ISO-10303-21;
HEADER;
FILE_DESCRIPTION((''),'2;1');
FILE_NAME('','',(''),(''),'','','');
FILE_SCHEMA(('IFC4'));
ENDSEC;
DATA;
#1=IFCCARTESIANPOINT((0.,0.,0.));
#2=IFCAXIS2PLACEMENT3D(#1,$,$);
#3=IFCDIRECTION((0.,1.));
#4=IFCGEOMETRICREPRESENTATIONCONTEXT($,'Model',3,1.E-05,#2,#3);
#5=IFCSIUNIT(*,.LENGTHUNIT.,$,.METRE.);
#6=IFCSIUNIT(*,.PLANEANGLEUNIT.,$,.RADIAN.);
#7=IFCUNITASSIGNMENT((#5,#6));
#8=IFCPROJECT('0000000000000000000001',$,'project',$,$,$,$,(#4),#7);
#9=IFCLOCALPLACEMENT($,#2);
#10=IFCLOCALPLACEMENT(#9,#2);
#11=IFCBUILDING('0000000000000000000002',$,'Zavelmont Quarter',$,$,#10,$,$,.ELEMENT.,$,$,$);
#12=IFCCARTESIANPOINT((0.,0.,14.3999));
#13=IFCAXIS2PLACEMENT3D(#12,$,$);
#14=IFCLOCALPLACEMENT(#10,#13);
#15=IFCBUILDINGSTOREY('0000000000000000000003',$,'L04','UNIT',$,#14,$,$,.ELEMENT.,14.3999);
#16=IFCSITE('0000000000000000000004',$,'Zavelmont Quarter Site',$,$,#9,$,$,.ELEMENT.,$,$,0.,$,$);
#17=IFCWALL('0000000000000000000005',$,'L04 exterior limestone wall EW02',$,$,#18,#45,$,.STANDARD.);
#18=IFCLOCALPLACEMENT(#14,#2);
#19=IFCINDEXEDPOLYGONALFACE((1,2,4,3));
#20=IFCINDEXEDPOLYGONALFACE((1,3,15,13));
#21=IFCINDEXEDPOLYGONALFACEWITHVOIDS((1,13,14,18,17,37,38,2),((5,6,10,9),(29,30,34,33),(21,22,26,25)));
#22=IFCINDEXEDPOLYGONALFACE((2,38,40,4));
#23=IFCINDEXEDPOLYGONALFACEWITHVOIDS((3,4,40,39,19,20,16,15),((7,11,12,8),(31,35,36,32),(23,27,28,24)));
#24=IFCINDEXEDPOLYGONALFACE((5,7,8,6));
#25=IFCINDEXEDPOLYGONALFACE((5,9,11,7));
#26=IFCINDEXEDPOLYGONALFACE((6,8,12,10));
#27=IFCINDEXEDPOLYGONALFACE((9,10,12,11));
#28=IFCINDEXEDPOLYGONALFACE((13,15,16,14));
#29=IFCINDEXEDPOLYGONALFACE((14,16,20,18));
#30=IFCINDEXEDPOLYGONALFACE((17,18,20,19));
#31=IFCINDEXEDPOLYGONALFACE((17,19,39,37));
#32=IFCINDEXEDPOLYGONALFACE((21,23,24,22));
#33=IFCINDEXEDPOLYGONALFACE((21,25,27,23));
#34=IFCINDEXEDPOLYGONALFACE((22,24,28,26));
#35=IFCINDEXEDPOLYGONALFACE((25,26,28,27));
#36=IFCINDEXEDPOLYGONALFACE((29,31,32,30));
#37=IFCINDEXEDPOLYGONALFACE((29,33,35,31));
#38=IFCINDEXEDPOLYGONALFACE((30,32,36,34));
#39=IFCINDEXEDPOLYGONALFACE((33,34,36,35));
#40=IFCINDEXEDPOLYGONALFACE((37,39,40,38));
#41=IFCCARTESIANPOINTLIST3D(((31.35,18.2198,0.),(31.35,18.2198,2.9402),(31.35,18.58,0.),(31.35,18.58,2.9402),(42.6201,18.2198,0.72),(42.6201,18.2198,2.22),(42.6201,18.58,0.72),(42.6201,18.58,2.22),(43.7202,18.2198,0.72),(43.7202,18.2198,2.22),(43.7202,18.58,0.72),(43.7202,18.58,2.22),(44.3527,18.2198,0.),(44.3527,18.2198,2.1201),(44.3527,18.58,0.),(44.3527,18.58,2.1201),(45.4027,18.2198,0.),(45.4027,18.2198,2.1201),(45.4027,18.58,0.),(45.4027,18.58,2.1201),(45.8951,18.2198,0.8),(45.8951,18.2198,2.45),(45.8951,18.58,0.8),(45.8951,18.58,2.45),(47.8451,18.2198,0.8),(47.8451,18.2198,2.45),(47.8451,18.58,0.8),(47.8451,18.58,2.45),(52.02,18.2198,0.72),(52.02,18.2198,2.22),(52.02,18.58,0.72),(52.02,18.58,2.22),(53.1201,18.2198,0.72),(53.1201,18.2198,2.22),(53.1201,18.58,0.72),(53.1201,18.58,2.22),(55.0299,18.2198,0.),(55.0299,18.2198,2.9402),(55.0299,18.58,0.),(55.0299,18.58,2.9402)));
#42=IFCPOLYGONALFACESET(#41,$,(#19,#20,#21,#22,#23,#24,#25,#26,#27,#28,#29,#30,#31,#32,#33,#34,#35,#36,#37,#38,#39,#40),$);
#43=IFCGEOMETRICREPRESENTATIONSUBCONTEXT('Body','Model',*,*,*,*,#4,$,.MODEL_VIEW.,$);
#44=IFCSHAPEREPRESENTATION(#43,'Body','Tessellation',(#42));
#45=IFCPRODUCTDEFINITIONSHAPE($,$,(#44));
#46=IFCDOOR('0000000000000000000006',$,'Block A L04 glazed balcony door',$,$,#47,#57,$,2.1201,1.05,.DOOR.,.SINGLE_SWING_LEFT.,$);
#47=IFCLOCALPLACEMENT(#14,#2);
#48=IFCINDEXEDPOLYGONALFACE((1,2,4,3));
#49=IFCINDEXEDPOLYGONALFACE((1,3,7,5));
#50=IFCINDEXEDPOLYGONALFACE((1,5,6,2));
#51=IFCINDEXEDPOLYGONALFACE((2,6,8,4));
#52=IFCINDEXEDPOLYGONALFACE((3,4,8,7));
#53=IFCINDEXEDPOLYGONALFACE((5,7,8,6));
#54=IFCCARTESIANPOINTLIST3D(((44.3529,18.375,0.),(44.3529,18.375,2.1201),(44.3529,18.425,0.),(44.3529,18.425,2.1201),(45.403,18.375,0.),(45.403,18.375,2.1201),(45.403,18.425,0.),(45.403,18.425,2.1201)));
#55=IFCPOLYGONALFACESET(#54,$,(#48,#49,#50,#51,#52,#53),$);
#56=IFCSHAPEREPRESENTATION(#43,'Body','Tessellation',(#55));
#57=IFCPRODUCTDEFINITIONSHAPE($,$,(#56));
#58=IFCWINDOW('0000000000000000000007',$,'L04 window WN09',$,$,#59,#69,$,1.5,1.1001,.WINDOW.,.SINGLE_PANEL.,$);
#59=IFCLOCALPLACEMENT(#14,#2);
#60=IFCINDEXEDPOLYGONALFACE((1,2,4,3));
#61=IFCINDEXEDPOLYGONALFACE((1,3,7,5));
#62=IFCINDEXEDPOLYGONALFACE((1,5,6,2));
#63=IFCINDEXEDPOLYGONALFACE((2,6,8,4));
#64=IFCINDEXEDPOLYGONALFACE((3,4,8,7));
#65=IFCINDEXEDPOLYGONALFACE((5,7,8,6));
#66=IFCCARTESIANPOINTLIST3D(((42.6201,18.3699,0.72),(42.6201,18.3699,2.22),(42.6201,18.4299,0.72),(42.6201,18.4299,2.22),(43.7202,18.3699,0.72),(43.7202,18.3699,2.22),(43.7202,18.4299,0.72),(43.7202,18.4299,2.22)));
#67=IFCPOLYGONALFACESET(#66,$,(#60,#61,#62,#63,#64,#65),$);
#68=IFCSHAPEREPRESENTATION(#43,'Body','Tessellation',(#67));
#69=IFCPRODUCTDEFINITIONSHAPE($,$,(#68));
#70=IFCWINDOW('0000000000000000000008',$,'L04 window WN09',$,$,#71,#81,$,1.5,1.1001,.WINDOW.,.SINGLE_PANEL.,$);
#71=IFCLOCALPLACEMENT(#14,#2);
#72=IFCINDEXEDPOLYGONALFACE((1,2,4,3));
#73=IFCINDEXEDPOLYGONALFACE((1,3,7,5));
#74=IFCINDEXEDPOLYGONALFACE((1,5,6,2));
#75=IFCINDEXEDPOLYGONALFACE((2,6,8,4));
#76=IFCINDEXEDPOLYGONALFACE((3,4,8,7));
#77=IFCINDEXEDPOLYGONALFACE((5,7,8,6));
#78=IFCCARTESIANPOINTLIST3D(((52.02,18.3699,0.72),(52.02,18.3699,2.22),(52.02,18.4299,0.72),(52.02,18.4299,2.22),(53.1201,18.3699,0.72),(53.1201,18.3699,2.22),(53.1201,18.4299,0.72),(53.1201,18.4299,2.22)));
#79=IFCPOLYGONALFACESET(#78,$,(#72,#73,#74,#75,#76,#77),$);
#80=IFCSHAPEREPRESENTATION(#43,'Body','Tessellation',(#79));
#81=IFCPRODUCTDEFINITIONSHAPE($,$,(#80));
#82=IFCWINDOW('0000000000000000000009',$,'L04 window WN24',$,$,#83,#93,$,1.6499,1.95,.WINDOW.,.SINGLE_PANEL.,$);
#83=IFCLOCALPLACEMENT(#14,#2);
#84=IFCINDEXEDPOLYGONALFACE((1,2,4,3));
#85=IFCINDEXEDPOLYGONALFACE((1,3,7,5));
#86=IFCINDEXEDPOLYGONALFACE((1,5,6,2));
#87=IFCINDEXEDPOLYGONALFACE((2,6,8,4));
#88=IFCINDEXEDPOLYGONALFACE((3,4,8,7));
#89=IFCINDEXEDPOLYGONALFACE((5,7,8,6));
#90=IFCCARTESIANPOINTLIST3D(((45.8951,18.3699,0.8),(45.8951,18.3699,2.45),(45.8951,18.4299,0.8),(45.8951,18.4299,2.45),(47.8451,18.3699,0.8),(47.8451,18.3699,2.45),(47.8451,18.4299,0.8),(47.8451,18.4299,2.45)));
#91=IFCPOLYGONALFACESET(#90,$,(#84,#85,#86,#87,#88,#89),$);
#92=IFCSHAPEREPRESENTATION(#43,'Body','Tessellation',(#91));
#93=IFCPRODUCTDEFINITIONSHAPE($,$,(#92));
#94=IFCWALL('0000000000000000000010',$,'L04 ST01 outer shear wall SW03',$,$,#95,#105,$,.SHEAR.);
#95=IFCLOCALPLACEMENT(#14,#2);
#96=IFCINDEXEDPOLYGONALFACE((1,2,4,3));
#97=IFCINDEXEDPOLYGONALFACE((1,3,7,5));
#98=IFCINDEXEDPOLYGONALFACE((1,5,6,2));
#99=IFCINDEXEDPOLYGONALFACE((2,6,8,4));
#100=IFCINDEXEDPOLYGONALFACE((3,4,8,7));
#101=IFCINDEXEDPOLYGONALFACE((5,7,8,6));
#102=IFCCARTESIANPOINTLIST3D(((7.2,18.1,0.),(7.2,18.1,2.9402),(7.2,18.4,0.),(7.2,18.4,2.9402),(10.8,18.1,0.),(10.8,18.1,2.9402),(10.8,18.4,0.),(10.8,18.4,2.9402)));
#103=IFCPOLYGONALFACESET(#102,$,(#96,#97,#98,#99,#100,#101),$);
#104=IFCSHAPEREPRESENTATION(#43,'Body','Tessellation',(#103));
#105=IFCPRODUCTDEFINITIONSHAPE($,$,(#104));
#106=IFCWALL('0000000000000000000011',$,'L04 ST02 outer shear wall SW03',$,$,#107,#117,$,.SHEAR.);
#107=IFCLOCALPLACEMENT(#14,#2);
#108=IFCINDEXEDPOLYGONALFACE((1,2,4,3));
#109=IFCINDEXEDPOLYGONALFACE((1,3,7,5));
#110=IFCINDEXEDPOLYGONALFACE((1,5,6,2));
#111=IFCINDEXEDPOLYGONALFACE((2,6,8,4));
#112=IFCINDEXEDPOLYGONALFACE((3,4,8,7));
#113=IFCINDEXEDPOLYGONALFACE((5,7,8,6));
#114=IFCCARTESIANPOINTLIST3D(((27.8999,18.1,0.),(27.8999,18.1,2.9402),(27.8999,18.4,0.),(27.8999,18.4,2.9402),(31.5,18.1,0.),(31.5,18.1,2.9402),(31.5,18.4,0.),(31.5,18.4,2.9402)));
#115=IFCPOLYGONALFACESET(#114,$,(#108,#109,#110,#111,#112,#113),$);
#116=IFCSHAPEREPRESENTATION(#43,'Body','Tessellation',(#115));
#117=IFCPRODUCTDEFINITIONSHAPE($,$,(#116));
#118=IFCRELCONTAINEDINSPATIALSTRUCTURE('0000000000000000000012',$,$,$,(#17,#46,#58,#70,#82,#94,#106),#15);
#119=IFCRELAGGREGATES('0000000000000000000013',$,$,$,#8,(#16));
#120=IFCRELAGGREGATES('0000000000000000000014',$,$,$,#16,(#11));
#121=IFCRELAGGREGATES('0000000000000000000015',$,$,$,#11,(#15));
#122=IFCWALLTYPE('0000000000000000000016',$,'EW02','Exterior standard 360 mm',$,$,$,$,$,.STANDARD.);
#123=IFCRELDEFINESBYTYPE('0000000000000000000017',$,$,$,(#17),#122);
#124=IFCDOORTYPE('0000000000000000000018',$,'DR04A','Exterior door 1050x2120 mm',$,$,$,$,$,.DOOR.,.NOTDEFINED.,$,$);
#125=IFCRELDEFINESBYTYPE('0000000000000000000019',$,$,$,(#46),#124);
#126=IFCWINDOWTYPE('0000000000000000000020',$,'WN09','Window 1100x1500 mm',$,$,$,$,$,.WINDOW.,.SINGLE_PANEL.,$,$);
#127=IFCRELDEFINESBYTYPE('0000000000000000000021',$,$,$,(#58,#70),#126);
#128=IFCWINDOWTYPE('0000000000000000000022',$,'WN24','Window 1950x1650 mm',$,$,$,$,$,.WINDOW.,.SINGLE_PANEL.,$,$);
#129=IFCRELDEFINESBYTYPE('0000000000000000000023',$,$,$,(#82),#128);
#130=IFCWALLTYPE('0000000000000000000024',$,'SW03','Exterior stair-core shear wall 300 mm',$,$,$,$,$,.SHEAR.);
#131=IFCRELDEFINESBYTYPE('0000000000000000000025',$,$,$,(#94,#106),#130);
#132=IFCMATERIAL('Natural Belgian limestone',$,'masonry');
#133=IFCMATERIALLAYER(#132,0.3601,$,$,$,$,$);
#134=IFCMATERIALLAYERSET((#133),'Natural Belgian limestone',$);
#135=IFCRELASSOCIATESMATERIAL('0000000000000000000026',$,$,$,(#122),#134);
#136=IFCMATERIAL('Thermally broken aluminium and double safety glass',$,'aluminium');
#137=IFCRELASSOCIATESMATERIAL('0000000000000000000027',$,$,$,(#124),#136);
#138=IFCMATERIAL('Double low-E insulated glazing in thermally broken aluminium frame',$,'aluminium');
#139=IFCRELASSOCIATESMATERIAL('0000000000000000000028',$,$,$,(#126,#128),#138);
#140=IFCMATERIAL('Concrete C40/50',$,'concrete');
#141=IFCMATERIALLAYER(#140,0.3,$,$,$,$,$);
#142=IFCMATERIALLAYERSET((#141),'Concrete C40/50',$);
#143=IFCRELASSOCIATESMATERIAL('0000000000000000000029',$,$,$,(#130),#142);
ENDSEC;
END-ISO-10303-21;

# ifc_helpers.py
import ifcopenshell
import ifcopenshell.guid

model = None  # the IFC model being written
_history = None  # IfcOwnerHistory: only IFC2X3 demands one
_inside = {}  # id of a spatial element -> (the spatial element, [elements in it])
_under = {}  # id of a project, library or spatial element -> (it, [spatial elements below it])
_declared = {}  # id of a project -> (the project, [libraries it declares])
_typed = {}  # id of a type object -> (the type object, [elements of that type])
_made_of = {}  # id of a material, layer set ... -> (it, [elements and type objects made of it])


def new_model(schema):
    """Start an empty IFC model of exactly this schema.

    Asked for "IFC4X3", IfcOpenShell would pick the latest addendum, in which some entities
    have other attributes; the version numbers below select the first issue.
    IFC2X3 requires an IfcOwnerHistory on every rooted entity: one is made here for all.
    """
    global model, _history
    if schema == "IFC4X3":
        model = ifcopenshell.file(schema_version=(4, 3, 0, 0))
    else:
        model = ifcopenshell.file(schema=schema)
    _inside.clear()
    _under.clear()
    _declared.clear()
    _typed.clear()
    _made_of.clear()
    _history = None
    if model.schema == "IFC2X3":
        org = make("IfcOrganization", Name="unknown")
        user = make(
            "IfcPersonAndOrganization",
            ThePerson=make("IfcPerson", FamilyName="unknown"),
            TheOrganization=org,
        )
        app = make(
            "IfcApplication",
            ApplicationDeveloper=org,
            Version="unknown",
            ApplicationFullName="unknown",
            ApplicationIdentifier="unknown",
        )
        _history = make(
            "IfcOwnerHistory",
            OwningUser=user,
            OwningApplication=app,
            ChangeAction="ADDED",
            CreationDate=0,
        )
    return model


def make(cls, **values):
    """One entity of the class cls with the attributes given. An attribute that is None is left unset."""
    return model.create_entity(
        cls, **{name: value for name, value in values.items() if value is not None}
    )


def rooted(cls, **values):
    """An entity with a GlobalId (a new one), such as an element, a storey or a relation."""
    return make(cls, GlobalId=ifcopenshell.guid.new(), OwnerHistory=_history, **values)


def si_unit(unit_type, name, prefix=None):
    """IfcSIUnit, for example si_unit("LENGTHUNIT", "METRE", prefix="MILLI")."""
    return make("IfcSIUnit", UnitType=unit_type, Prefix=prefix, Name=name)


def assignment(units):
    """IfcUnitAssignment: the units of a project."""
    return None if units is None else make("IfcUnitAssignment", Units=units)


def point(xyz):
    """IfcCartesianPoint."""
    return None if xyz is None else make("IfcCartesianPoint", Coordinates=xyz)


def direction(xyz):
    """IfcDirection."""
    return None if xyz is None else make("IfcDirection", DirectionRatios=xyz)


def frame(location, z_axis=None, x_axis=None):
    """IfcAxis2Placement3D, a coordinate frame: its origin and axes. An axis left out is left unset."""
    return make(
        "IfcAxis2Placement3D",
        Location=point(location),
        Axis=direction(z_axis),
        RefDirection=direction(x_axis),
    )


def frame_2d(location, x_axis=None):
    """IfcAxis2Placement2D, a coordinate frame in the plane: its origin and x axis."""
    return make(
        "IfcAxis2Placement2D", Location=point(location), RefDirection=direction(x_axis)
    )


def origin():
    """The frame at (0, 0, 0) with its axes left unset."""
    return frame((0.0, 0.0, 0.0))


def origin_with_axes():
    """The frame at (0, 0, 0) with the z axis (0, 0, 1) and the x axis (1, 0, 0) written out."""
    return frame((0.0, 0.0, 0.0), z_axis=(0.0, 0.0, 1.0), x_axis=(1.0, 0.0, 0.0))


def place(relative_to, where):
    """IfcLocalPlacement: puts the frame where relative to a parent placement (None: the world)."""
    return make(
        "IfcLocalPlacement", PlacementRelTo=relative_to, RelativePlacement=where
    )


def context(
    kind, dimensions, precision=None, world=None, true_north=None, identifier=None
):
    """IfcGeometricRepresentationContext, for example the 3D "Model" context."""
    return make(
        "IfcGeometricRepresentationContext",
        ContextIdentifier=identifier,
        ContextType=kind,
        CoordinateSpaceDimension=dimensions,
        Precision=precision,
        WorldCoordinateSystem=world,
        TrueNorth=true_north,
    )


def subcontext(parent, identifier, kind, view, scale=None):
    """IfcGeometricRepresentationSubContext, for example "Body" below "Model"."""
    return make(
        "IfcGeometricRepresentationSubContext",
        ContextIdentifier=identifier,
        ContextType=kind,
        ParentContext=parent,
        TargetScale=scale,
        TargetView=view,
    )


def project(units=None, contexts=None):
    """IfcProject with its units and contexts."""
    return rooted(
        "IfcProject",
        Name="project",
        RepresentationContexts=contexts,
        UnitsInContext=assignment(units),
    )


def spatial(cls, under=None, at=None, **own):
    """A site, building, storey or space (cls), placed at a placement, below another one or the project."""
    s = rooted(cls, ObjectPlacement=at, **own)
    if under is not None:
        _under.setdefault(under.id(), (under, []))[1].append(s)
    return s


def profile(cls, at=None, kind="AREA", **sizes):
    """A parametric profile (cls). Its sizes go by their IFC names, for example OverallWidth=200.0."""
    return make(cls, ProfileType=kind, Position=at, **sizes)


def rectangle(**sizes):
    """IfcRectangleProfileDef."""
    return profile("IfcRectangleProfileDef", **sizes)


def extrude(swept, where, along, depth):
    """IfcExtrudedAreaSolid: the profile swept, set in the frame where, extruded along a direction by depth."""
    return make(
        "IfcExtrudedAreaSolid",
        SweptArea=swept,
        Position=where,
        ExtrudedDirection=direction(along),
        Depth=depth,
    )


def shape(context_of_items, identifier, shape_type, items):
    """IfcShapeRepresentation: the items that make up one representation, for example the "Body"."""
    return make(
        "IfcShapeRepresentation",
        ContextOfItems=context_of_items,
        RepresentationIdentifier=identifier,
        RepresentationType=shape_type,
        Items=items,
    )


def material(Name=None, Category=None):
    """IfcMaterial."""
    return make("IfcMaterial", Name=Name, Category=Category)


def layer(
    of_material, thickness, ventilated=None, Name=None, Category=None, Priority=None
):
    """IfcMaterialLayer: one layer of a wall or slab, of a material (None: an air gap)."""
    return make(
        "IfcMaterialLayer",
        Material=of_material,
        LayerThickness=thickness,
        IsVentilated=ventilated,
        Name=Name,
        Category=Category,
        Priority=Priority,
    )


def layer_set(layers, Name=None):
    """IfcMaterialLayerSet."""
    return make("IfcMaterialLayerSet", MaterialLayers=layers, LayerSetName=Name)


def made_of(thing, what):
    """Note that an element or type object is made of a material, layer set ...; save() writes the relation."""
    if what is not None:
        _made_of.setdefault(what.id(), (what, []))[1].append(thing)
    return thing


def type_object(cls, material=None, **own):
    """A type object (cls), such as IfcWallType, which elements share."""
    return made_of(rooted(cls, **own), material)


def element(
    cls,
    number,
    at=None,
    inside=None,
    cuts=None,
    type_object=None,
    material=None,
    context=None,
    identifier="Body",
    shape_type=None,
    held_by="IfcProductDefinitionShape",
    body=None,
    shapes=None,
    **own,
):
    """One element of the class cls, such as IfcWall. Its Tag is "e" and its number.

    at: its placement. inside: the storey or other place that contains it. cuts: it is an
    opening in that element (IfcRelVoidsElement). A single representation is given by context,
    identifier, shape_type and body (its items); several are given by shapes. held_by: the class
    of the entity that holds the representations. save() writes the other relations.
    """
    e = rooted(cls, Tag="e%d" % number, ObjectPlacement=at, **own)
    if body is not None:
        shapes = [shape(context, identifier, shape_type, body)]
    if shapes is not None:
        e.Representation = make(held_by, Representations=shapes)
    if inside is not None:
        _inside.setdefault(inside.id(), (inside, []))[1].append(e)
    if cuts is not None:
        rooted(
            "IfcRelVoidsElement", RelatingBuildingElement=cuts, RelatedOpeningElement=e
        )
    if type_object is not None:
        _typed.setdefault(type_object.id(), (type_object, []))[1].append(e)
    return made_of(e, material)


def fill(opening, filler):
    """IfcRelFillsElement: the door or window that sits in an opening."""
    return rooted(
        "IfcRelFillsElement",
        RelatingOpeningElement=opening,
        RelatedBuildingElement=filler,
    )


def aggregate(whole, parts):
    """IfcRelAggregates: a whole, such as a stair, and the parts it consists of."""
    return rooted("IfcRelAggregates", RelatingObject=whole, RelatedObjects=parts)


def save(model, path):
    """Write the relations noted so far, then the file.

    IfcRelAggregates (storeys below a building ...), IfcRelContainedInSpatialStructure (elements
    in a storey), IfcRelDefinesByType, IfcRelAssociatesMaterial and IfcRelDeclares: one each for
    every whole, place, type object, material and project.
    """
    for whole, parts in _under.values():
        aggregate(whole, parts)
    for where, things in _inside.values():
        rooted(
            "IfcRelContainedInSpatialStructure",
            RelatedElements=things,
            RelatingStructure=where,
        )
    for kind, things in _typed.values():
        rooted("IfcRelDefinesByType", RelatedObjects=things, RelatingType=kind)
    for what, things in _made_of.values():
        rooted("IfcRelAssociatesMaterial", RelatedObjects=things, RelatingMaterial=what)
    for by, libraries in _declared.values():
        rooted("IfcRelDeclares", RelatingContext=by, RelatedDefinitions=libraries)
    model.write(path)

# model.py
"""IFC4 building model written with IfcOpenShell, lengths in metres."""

from ifc_helpers import new_model, si_unit, direction, frame, frame_2d, origin, origin_with_axes, place, context, subcontext, project, spatial, rectangle, extrude, material, layer, layer_set, type_object, element, fill, save


model = new_model("IFC4")

# Units and contexts
model_context = context("Model", 3, precision=1e-05, world=origin(), true_north=direction((0.0, 1.0)))
body_context = subcontext(model_context, "Body", "Model", "MODEL_VIEW")
ifc_project = project(units=[si_unit("LENGTHUNIT", "METRE"), si_unit("PLANEANGLEUNIT", "RADIAN")], contexts=[model_context])

# Site, building, storey
site_placement = place(None, origin())
site = spatial("IfcSite", under=ifc_project, at=site_placement, Name="Zavelmont Quarter Site", CompositionType="ELEMENT", RefElevation=0.0)
building_placement = place(site_placement, origin())
building = spatial("IfcBuilding", under=site, at=building_placement, Name="Zavelmont Quarter", CompositionType="ELEMENT")
storey_placement = place(building_placement, frame((0.0, 0.0, 14.3999)))
storey = spatial("IfcBuildingStorey", under=building, at=storey_placement, Name="L04", Description="UNIT", CompositionType="ELEMENT", Elevation=14.3999)

# Shared definitions
ifc_material_1 = material(Name="Concrete C40/50", Category="concrete")

# Shared definitions
ifc_material_2 = material(Name="Natural Belgian limestone", Category="masonry")
ifc_layer_1 = layer(ifc_material_2, 0.3601)
ifc_layer_set_1 = layer_set([ifc_layer_1], Name="Natural Belgian limestone")
wall_type_1 = type_object("IfcWallType", Name="EW02", Description="Exterior standard 360 mm", PredefinedType="STANDARD", material=ifc_layer_set_1)
ifc_material_3 = material(Name="Double low-E insulated glazing in thermally broken aluminium frame", Category="aluminium")

# Shared definitions
ifc_material_4 = material(Name="Thermally broken aluminium and double safety glass", Category="aluminium")
door_type = type_object("IfcDoorType", Name="DR04A", Description="Exterior door 1050x2120 mm", OperationType="NOTDEFINED", PredefinedType="DOOR", material=ifc_material_4)
window_type_1 = type_object("IfcWindowType", Name="WN09", Description="Window 1100x1500 mm", PartitioningType="SINGLE_PANEL", PredefinedType="WINDOW", material=ifc_material_3)

# Wall, openings, door, windows
wall_1_placement = place(storey_placement, frame((31.3501, 18.3999, 0.0), z_axis=(0.0, 0.0, 1.0), x_axis=(1.0, 0.0, 0.0)))
wall_1 = element("IfcWall", 1, at=wall_1_placement, inside=storey, type_object=wall_type_1, Name="L04 exterior limestone wall EW02", PredefinedType="STANDARD", context=body_context, shape_type="SweptSolid", body=[
    extrude(rectangle(XDim=23.6799, YDim=0.3601, at=frame_2d((11.8398, 0.0))), origin(), (0.0, 0.0, 1.0), 2.9402),
])
opening_1_placement = place(wall_1_placement, frame((13.0027, 0.0, 0.0)))
opening_1 = element("IfcOpeningElement", 2, at=opening_1_placement, cuts=wall_1, PredefinedType="OPENING", context=body_context, shape_type="SweptSolid", body=[
    extrude(rectangle(XDim=1.05, YDim=2.1201, at=frame_2d((0.5249, 1.0601))), frame((0.0, 0.1919, 0.0), z_axis=(0.0, -1.0, 0.0), x_axis=(1.0, 0.0, 0.0)), (0.0, 0.0, 1.0), 0.384),
])
opening_2_placement = place(wall_1_placement, frame((11.27, 0.0, 0.72)))
opening_2 = element("IfcOpeningElement", 3, at=opening_2_placement, cuts=wall_1, PredefinedType="OPENING", context=body_context, shape_type="SweptSolid", body=[
    extrude(rectangle(XDim=1.1001, YDim=1.5, at=frame_2d((0.55, 0.75))), frame((0.0, 0.1919, 0.0), z_axis=(0.0, -1.0, 0.0), x_axis=(1.0, 0.0, 0.0)), (0.0, 0.0, 1.0), 0.384),
])
opening_3_placement = place(wall_1_placement, frame((14.5449, 0.0, 0.8)))
opening_3 = element("IfcOpeningElement", 4, at=opening_3_placement, cuts=wall_1, PredefinedType="OPENING", context=body_context, shape_type="SweptSolid", body=[
    extrude(rectangle(XDim=1.95, YDim=1.6499, at=frame_2d((0.9751, 0.825))), frame((0.0, 0.1919, 0.0), z_axis=(0.0, -1.0, 0.0), x_axis=(1.0, 0.0, 0.0)), (0.0, 0.0, 1.0), 0.384),
])
opening_4_placement = place(wall_1_placement, frame((20.6699, 0.0, 0.72)))
opening_4 = element("IfcOpeningElement", 5, at=opening_4_placement, cuts=wall_1, PredefinedType="OPENING", context=body_context, shape_type="SweptSolid", body=[
    extrude(rectangle(XDim=1.1001, YDim=1.5, at=frame_2d((0.55, 0.75))), frame((0.0, 0.1919, 0.0), z_axis=(0.0, -1.0, 0.0), x_axis=(1.0, 0.0, 0.0)), (0.0, 0.0, 1.0), 0.384),
])
door_1_placement = place(opening_1_placement, frame((1.05, 0.0, 0.0), z_axis=(0.0, 0.0, 1.0), x_axis=(-1.0, 0.0, 0.0)))
door_1 = element("IfcDoor", 6, at=door_1_placement, inside=storey, type_object=door_type, Name="Block A L04 glazed balcony door", OperationType="SINGLE_SWING_LEFT", OverallHeight=2.1201, OverallWidth=1.05, PredefinedType="DOOR", context=body_context, shape_type="SweptSolid", body=[
    extrude(rectangle(XDim=1.05, YDim=2.1201, at=frame_2d((0.5249, 1.0601))), frame((0.0, 0.0249, 0.0), z_axis=(0.0, -1.0, 0.0), x_axis=(1.0, 0.0, 0.0)), (0.0, 0.0, 1.0), 0.05),
])
fill(opening_1, door_1)
window_1_placement = place(opening_2_placement, origin_with_axes())
window_1 = element("IfcWindow", 7, at=window_1_placement, inside=storey, type_object=window_type_1, Name="L04 window WN09", OverallHeight=1.5, OverallWidth=1.1001, PartitioningType="SINGLE_PANEL", PredefinedType="WINDOW", context=body_context, shape_type="SweptSolid", body=[
    extrude(rectangle(XDim=1.1001, YDim=1.5, at=frame_2d((0.55, 0.75))), frame((0.0, 0.03, 0.0), z_axis=(0.0, -1.0, 0.0), x_axis=(1.0, 0.0, 0.0)), (0.0, 0.0, 1.0), 0.0601),
])
fill(opening_2, window_1)
window_2_placement = place(opening_4_placement, origin_with_axes())
window_2 = element("IfcWindow", 8, at=window_2_placement, inside=storey, type_object=window_type_1, Name="L04 window WN09", OverallHeight=1.5, OverallWidth=1.1001, PartitioningType="SINGLE_PANEL", PredefinedType="WINDOW", context=body_context, shape_type="SweptSolid", body=[
    extrude(rectangle(XDim=1.1001, YDim=1.5, at=frame_2d((0.55, 0.75))), frame((0.0, 0.03, 0.0), z_axis=(0.0, -1.0, 0.0), x_axis=(1.0, 0.0, 0.0)), (0.0, 0.0, 1.0), 0.0601),
])
fill(opening_4, window_2)
window_type_2 = type_object("IfcWindowType", Name="WN24", Description="Window 1950x1650 mm", PartitioningType="SINGLE_PANEL", PredefinedType="WINDOW", material=ifc_material_3)
window_3_placement = place(opening_3_placement, origin_with_axes())
window_3 = element("IfcWindow", 9, at=window_3_placement, inside=storey, type_object=window_type_2, Name="L04 window WN24", OverallHeight=1.6499, OverallWidth=1.95, PartitioningType="SINGLE_PANEL", PredefinedType="WINDOW", context=body_context, shape_type="SweptSolid", body=[
    extrude(rectangle(XDim=1.95, YDim=1.6499, at=frame_2d((0.9751, 0.825))), frame((0.0, 0.03, 0.0), z_axis=(0.0, -1.0, 0.0), x_axis=(1.0, 0.0, 0.0)), (0.0, 0.0, 1.0), 0.0601),
])
fill(opening_3, window_3)

# Walls
ifc_layer_2 = layer(ifc_material_1, 0.3)
ifc_layer_set_2 = layer_set([ifc_layer_2], Name="Concrete C40/50")
wall_type_2 = type_object("IfcWallType", Name="SW03", Description="Exterior stair-core shear wall 300 mm", PredefinedType="SHEAR", material=ifc_layer_set_2)
for number, where, z_axis, x_axis, name in (
    (10, (7.2, 18.25, 0.0), (0.0, 0.0, 1.0), (1.0, 0.0, 0.0), "L04 ST01 outer shear wall SW03"),
    (11, (27.8999, 18.25, 0.0), (0.0, 0.0, 1.0), (1.0, 0.0, 0.0), "L04 ST02 outer shear wall SW03"),
):
    element("IfcWall", number, at=place(storey_placement, frame(where, z_axis=z_axis, x_axis=x_axis)), inside=storey, type_object=wall_type_2, Name=name, PredefinedType="SHEAR", context=body_context, shape_type="SweptSolid", body=[
        extrude(rectangle(XDim=3.6001, YDim=0.3, at=frame_2d((1.8, 0.0))), origin(), (0.0, 0.0, 1.0), 2.9402),
    ])

save(model, "model.ifc")
